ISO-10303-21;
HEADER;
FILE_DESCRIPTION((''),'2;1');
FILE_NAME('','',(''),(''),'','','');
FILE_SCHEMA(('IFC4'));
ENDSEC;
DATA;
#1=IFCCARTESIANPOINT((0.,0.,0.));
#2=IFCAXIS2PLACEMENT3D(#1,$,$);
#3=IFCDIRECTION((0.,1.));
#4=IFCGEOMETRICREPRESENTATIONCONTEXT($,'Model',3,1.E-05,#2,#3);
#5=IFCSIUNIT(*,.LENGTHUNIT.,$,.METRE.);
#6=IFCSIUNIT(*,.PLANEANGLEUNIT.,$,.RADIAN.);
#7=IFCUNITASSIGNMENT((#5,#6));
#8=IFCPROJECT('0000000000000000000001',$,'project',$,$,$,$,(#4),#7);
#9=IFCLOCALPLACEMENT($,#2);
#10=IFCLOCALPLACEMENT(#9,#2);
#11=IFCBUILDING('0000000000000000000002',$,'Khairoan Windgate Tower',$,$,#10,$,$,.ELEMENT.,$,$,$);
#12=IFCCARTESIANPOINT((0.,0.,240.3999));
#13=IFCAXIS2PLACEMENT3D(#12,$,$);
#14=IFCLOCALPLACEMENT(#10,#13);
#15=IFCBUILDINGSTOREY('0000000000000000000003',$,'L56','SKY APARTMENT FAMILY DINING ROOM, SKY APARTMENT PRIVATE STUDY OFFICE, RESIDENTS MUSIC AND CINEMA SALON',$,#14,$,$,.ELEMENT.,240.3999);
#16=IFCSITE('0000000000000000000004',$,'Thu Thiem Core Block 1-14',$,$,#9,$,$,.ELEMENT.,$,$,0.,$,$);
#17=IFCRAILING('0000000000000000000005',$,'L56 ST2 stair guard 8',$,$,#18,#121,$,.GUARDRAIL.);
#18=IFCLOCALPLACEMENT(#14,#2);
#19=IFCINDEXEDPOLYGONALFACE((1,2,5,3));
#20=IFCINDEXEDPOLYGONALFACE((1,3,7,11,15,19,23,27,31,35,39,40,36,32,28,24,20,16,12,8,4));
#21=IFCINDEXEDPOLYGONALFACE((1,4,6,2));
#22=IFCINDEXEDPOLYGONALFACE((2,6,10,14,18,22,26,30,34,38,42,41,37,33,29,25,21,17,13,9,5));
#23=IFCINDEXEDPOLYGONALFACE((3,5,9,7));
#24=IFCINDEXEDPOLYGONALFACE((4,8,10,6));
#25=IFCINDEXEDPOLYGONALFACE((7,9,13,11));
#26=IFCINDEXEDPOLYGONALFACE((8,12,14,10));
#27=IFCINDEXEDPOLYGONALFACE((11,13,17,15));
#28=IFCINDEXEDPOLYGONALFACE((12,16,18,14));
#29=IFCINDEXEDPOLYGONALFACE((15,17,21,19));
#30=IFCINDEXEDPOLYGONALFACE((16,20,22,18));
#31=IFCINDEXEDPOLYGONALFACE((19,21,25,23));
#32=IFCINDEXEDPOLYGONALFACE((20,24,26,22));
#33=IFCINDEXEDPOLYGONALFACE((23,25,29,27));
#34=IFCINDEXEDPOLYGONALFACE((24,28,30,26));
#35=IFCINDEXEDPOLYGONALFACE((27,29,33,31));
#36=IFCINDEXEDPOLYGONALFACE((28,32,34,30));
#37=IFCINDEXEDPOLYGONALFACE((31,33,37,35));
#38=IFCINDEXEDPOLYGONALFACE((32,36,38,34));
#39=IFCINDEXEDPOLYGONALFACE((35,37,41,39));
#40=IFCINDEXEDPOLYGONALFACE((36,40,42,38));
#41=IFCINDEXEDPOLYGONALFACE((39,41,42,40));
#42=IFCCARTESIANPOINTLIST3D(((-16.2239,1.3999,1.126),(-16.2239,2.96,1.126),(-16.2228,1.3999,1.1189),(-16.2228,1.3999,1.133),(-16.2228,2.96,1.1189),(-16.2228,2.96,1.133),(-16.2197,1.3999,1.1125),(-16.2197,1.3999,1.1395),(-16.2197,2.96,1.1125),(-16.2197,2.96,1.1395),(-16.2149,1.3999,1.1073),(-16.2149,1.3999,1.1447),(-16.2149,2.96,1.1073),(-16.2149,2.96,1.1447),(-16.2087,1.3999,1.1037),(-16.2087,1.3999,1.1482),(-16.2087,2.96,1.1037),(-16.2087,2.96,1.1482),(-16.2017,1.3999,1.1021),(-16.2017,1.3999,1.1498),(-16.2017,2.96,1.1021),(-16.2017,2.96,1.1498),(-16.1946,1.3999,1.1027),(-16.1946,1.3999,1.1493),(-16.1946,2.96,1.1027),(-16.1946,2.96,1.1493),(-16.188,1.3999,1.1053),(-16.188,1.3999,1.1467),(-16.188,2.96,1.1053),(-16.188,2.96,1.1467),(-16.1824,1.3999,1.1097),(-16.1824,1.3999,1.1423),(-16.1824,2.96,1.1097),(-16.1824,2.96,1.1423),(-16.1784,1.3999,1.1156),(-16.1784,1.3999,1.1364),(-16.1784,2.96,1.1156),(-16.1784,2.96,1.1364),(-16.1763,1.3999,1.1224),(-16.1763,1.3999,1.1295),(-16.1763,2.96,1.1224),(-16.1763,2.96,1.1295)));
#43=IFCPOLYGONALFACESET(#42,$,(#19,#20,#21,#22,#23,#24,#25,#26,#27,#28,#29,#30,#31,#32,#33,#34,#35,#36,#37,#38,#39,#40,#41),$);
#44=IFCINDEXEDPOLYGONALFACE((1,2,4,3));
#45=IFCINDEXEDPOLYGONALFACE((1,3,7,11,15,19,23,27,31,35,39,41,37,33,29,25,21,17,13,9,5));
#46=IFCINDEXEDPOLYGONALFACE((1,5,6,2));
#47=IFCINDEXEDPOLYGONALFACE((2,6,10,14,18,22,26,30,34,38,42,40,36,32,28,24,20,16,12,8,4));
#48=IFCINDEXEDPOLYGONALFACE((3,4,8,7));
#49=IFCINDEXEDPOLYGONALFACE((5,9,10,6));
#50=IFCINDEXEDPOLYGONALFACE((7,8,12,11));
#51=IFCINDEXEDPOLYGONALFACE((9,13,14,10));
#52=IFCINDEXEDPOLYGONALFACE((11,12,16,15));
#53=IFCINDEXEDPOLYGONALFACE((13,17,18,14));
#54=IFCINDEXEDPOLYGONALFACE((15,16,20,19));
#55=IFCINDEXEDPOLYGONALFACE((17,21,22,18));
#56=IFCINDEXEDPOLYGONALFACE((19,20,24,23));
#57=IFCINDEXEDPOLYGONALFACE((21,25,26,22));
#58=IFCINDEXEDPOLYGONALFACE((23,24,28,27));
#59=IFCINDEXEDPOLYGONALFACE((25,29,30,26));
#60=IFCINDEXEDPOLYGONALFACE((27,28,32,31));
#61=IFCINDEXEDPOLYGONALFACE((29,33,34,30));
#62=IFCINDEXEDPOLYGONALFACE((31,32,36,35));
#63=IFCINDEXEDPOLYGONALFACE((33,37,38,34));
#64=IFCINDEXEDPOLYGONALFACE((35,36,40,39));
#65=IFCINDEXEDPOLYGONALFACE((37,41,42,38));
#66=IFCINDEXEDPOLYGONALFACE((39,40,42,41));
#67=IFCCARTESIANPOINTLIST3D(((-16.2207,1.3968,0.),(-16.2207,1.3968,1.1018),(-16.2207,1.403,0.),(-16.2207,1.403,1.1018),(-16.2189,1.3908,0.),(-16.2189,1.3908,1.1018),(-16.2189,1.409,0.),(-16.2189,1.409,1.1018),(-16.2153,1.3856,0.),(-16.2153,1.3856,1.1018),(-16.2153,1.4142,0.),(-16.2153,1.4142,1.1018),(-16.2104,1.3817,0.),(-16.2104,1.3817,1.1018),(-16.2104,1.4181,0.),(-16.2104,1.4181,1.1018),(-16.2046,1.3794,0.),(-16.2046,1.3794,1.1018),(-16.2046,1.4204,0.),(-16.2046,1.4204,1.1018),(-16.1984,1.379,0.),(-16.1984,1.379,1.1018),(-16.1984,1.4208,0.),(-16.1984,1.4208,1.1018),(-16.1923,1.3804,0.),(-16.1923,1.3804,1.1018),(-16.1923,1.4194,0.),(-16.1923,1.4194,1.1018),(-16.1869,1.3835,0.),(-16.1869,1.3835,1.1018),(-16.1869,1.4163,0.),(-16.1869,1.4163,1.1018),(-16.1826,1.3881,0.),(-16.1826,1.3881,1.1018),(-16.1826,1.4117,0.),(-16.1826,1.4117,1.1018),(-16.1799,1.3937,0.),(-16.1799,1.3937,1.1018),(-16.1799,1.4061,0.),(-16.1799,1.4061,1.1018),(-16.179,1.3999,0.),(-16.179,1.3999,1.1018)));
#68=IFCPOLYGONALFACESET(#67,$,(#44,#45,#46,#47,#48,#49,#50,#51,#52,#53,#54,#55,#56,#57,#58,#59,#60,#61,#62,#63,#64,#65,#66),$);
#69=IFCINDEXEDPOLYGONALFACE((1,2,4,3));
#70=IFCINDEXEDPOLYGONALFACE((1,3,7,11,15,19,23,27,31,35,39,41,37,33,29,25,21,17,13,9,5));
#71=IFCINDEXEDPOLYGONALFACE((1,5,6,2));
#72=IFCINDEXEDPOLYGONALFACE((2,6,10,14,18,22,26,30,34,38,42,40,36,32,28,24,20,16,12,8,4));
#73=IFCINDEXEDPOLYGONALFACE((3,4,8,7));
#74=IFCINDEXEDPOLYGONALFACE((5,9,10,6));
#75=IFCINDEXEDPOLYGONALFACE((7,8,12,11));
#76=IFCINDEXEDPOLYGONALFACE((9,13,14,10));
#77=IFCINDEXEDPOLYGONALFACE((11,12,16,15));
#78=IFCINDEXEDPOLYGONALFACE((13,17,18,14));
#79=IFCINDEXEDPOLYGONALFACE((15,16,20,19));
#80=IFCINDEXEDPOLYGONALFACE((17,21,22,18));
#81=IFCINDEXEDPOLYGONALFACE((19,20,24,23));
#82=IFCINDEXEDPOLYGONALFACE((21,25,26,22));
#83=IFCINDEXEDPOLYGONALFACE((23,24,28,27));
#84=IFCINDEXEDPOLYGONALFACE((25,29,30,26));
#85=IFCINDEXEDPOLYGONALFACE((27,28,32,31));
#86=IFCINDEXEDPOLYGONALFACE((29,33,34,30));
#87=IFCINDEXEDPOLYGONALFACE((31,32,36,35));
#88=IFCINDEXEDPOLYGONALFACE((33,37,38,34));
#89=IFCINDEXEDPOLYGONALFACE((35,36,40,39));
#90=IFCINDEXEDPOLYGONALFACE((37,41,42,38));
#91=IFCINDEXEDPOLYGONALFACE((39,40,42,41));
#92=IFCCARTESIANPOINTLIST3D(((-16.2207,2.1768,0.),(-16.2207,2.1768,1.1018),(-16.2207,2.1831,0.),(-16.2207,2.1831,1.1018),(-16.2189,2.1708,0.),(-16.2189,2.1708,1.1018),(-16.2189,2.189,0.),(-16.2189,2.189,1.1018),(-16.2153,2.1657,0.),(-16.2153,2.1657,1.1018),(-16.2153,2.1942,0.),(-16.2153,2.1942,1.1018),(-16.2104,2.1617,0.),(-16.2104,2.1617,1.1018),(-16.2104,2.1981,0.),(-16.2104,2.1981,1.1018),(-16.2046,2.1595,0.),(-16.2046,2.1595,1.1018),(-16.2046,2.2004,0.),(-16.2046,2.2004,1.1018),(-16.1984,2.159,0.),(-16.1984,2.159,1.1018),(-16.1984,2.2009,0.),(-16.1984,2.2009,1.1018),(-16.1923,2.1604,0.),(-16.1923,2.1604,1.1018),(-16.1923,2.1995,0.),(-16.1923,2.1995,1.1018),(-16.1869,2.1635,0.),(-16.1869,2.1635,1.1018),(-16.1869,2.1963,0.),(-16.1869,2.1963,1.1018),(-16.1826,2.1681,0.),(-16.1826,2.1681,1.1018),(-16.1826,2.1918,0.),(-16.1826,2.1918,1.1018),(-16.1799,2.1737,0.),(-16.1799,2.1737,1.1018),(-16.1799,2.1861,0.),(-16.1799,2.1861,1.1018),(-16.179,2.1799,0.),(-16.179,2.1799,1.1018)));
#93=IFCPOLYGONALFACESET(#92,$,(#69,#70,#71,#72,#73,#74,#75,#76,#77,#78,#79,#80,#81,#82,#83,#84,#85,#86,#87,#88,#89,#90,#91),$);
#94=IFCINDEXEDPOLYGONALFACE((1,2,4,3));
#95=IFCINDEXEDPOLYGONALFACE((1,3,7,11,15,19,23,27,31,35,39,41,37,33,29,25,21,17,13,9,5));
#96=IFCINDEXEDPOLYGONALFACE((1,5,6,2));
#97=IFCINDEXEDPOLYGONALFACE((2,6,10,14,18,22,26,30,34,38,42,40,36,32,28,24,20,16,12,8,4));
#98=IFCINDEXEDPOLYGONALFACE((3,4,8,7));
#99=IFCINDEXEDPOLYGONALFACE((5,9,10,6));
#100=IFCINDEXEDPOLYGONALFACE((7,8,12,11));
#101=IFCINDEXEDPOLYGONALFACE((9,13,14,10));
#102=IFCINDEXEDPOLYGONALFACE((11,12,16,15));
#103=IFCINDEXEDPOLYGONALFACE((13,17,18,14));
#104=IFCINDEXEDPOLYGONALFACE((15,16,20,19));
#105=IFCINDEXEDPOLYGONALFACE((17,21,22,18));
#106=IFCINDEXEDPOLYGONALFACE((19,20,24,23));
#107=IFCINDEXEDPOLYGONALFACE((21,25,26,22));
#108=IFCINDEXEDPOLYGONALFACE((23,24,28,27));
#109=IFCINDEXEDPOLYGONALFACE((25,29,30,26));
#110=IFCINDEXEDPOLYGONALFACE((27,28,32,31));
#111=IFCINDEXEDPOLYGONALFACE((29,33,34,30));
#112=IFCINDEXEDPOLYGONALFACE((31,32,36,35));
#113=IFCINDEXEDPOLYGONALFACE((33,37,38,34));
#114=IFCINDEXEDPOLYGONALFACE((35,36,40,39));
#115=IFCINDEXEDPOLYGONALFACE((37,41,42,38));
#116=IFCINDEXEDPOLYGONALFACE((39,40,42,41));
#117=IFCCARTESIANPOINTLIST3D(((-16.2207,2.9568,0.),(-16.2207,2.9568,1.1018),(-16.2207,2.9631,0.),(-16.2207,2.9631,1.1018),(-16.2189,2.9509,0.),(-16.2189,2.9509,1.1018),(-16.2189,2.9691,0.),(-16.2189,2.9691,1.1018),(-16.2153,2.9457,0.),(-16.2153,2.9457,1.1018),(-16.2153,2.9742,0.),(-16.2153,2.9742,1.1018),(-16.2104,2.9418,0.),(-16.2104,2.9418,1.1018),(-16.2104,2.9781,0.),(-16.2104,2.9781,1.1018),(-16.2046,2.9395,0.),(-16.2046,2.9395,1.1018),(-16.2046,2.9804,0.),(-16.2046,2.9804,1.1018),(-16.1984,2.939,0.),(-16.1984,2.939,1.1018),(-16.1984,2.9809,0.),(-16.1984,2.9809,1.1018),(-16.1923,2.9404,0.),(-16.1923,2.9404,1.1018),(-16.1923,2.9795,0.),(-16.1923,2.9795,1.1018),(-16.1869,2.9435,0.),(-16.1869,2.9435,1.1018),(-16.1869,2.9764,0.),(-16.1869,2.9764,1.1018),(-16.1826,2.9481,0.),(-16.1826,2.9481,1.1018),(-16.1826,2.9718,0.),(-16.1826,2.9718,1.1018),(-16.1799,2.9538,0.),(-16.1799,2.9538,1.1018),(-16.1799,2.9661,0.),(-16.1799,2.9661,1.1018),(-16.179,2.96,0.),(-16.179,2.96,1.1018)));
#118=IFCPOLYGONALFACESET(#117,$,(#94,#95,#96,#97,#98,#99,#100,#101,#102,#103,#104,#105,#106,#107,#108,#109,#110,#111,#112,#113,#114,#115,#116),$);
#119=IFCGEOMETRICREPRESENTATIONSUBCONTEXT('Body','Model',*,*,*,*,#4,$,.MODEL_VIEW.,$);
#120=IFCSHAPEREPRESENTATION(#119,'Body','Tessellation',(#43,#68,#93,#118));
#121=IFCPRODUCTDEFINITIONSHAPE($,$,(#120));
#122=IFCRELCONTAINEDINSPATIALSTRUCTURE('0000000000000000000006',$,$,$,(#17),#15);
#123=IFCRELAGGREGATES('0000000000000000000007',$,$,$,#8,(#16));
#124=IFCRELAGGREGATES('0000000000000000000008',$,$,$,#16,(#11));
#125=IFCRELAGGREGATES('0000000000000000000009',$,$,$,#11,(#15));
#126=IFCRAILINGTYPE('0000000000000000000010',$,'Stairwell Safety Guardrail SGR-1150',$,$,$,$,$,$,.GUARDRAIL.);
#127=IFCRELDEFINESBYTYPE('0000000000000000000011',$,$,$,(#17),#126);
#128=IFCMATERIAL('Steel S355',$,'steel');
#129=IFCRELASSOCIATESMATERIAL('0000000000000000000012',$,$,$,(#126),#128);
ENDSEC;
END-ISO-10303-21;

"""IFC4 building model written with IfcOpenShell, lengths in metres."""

from ifc_helpers import new_model, si_unit, direction, frame, origin, origin_2d, place, context, subcontext, project, spatial, circle, extrude, material, type_object, element, save


model = new_model("IFC4")

# Units and contexts
model_context = context("Model", 3, precision=1e-05, world=origin(), true_north=direction((0.0, 1.0)))
body_context = subcontext(model_context, "Body", "Model", "MODEL_VIEW")
ifc_project = project(units=[si_unit("LENGTHUNIT", "METRE"), si_unit("PLANEANGLEUNIT", "RADIAN")], contexts=[model_context])

# Site, building, storey
site_placement = place(None, origin())
site = spatial("IfcSite", under=ifc_project, at=site_placement, Name="Thu Thiem Core Block 1-14", CompositionType="ELEMENT", RefElevation=0.0)
building_placement = place(site_placement, origin())
building = spatial("IfcBuilding", under=site, at=building_placement, Name="Khairoan Windgate Tower", CompositionType="ELEMENT")
storey_placement = place(building_placement, frame((0.0, 0.0, 240.3999)))
storey = spatial("IfcBuildingStorey", under=building, at=storey_placement, Name="L56", Description="SKY APARTMENT FAMILY DINING ROOM, SKY APARTMENT PRIVATE STUDY OFFICE, RESIDENTS MUSIC AND CINEMA SALON", CompositionType="ELEMENT", Elevation=240.3999)

# Railing
ifc_material_1 = material(Name="Steel S355", Category="steel")
railing_type_1 = type_object("IfcRailingType", Name="Stairwell Safety Guardrail SGR-1150", PredefinedType="GUARDRAIL", material=ifc_material_1)
railing_1_placement = place(storey_placement, frame((-16.2, 1.3999, 0.0)))
element("IfcRailing", 1, at=railing_1_placement, inside=storey, type_object=railing_type_1, Name="L56 ST2 stair guard 8", PredefinedType="GUARDRAIL", context=body_context, shape_type="SweptSolid", body=[
    extrude(circle(Radius=0.0239, at=origin_2d()), frame((0.0, 0.0, 1.126), z_axis=(0.0, 1.0, 0.0), x_axis=(-1.0, 0.0, 0.0)), (0.0, 0.0, 1.0), 1.5601),
    extrude(circle(Radius=0.021, at=origin_2d()), origin(), (0.0, 0.0, 1.0), 1.1018),
    extrude(circle(Radius=0.021, at=origin_2d()), frame((0.0, 0.78, 0.0)), (0.0, 0.0, 1.0), 1.1018),
    extrude(circle(Radius=0.021, at=origin_2d()), frame((0.0, 1.5601, 0.0)), (0.0, 0.0, 1.0), 1.1018),
])

save(model, "model.ifc")
